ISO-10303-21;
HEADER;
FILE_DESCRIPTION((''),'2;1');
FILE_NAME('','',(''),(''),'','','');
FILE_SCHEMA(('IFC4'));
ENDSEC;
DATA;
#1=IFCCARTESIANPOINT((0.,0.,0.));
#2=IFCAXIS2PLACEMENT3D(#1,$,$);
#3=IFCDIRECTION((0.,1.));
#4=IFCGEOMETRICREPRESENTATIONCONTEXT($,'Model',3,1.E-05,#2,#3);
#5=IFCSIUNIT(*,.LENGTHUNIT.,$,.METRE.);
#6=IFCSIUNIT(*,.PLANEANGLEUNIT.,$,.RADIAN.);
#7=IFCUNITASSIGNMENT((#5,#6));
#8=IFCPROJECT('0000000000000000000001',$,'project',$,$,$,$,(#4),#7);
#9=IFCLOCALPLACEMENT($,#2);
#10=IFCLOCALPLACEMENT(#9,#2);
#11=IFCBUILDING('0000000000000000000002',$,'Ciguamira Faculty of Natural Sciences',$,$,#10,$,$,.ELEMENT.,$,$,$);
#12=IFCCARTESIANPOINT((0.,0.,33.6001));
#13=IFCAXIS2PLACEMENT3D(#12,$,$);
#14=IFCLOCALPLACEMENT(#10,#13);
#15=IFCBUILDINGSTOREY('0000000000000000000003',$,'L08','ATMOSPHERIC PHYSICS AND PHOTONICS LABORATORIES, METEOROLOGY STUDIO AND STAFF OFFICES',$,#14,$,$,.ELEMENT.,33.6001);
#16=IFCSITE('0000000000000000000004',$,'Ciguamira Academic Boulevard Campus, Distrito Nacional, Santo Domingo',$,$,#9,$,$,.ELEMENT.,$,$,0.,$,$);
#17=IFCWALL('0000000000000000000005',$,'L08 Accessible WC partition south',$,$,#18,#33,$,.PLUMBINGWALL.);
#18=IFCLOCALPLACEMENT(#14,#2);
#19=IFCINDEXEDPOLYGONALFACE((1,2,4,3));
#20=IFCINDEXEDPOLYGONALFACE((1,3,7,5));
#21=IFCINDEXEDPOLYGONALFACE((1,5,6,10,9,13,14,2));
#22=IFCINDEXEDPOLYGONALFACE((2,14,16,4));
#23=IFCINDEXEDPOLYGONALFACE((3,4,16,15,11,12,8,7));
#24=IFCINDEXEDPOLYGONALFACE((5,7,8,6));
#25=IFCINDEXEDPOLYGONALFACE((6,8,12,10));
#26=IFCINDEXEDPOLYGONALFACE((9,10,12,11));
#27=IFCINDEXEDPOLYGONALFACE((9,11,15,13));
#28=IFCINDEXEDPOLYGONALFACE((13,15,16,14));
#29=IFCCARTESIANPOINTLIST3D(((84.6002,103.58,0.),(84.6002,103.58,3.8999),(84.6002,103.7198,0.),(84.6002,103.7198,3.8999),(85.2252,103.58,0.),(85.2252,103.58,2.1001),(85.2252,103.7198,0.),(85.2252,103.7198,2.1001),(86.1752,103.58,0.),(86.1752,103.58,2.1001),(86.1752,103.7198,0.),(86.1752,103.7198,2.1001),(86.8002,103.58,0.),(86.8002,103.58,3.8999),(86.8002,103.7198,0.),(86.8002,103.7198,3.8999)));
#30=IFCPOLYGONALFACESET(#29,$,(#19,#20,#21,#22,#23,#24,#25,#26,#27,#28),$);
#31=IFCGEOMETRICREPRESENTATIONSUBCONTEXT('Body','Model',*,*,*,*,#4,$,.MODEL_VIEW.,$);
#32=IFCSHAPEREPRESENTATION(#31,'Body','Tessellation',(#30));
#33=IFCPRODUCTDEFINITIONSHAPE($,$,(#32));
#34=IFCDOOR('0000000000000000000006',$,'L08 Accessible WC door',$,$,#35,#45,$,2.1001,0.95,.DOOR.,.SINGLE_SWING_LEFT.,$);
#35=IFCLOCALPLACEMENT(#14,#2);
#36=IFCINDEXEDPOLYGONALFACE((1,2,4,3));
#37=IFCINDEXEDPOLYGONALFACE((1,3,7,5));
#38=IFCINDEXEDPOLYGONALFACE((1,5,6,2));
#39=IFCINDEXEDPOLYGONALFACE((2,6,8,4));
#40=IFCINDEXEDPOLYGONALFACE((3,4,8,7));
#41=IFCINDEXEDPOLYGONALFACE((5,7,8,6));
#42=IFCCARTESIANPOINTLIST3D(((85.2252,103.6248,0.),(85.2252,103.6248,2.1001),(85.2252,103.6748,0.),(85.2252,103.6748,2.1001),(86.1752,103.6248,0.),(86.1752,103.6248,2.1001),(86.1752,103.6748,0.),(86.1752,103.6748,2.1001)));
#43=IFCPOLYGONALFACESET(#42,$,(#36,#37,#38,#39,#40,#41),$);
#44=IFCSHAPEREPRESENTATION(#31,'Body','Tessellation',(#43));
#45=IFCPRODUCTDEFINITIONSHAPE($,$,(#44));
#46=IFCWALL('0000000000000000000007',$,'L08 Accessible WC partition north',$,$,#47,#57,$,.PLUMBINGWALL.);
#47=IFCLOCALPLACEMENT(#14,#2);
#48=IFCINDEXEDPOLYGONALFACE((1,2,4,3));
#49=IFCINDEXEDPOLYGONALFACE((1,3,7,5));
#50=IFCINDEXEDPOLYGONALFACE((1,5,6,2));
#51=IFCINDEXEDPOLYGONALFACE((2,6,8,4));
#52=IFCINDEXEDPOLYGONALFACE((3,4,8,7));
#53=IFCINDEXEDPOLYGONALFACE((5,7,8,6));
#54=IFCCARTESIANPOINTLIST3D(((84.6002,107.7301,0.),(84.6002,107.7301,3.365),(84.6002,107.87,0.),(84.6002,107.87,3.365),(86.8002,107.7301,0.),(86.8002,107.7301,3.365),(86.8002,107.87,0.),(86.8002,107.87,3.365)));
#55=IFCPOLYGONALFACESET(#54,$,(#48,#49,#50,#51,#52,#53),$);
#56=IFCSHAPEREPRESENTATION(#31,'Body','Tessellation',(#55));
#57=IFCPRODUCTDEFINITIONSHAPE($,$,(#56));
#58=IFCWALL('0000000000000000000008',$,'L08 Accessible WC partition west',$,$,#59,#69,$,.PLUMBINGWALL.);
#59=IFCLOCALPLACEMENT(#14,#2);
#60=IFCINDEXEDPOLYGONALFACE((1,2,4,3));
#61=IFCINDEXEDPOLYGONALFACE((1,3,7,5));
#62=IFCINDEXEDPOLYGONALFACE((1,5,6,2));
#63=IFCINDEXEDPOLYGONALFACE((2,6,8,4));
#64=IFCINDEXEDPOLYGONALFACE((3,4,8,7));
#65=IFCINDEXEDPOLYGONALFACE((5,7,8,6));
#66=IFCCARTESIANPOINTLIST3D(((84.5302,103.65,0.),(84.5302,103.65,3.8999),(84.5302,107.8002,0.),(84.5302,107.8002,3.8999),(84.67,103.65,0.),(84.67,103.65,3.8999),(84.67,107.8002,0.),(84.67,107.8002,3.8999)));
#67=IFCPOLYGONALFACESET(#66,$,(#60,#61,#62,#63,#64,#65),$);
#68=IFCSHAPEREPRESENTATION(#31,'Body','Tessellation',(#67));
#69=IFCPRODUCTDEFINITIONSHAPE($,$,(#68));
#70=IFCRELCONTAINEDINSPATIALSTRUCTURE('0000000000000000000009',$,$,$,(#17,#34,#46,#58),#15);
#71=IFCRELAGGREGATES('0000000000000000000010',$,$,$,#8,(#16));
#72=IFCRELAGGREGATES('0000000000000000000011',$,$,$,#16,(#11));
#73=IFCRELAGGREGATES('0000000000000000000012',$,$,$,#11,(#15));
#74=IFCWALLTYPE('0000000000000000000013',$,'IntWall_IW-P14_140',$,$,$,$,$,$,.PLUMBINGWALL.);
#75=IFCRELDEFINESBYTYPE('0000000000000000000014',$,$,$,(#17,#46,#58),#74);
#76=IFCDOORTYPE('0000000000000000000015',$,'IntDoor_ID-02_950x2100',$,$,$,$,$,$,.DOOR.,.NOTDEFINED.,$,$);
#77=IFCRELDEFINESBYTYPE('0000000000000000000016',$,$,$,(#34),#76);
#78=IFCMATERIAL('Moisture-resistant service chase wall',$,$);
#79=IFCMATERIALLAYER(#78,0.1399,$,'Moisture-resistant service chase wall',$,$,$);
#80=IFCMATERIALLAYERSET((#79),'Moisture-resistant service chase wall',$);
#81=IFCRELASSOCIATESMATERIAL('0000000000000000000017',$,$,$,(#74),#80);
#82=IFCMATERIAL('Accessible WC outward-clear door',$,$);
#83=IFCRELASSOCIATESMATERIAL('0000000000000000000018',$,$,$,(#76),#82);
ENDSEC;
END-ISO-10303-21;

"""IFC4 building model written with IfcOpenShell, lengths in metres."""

from ifc_helpers import new_model, si_unit, direction, frame, frame_2d, origin, place, context, subcontext, project, spatial, rectangle, extrude, material, layer, layer_set, type_object, element, fill, save


model = new_model("IFC4")

# Units and contexts
model_context = context("Model", 3, precision=1e-05, world=origin(), true_north=direction((0.0, 1.0)))
body_context = subcontext(model_context, "Body", "Model", "MODEL_VIEW")
ifc_project = project(units=[si_unit("LENGTHUNIT", "METRE"), si_unit("PLANEANGLEUNIT", "RADIAN")], contexts=[model_context])

# Site, building, storey
site_placement = place(None, origin())
site = spatial("IfcSite", under=ifc_project, at=site_placement, Name="Ciguamira Academic Boulevard Campus, Distrito Nacional, Santo Domingo", CompositionType="ELEMENT", RefElevation=0.0)
building_placement = place(site_placement, origin())
building = spatial("IfcBuilding", under=site, at=building_placement, Name="Ciguamira Faculty of Natural Sciences", CompositionType="ELEMENT")
storey_placement = place(building_placement, frame((0.0, 0.0, 33.6001)))
storey = spatial("IfcBuildingStorey", under=building, at=storey_placement, Name="L08", Description="ATMOSPHERIC PHYSICS AND PHOTONICS LABORATORIES, METEOROLOGY STUDIO AND STAFF OFFICES", CompositionType="ELEMENT", Elevation=33.6001)

# Wall, opening, door
ifc_material_1 = material(Name="Moisture-resistant service chase wall")
ifc_layer = layer(ifc_material_1, 0.1399, Name="Moisture-resistant service chase wall")
ifc_layer_set = layer_set([ifc_layer], Name="Moisture-resistant service chase wall")
wall_type = type_object("IfcWallType", Name="IntWall_IW-P14_140", PredefinedType="PLUMBINGWALL", material=ifc_layer_set)
wall_1_placement = place(storey_placement, frame((84.6001, 103.6499, 0.0), z_axis=(0.0, 0.0, 1.0), x_axis=(1.0, 0.0, 0.0)))
wall_1 = element("IfcWall", 1, at=wall_1_placement, inside=storey, type_object=wall_type, Name="L08 Accessible WC partition south", PredefinedType="PLUMBINGWALL", context=body_context, shape_type="SweptSolid", body=[
    extrude(rectangle(XDim=2.2, YDim=0.1399, at=frame_2d((1.1001, 0.0))), origin(), (0.0, 0.0, 1.0), 3.8999),
])
opening_placement = place(wall_1_placement, frame((0.625, 0.0, 0.0)))
opening = element("IfcOpeningElement", 2, at=opening_placement, cuts=wall_1, PredefinedType="OPENING", context=body_context, shape_type="SweptSolid", body=[
    extrude(rectangle(XDim=0.95, YDim=2.1001, at=frame_2d((0.4751, 1.05))), frame((0.0, 0.0798, 0.0), z_axis=(0.0, -1.0, 0.0), x_axis=(1.0, 0.0, 0.0)), (0.0, 0.0, 1.0), 0.1599),
])
ifc_material_2 = material(Name="Accessible WC outward-clear door")
door_type = type_object("IfcDoorType", Name="IntDoor_ID-02_950x2100", OperationType="NOTDEFINED", PredefinedType="DOOR", material=ifc_material_2)
door_placement = place(opening_placement, origin())
door = element("IfcDoor", 3, at=door_placement, inside=storey, type_object=door_type, Name="L08 Accessible WC door", OperationType="SINGLE_SWING_LEFT", OverallHeight=2.1001, OverallWidth=0.95, PredefinedType="DOOR", context=body_context, shape_type="SweptSolid", body=[
    extrude(rectangle(XDim=0.95, YDim=2.1001, at=frame_2d((0.4751, 1.05))), frame((0.0, 0.0249, 0.0), z_axis=(0.0, -1.0, 0.0), x_axis=(1.0, 0.0, 0.0)), (0.0, 0.0, 1.0), 0.05),
])
fill(opening, door)

# Walls
wall_2_placement = place(storey_placement, frame((84.6001, 107.8, 0.0), z_axis=(0.0, 0.0, 1.0), x_axis=(1.0, 0.0, 0.0)))
element("IfcWall", 4, at=wall_2_placement, inside=storey, type_object=wall_type, Name="L08 Accessible WC partition north", PredefinedType="PLUMBINGWALL", context=body_context, shape_type="SweptSolid", body=[
    extrude(rectangle(XDim=2.2, YDim=0.1399, at=frame_2d((1.1001, 0.0))), origin(), (0.0, 0.0, 1.0), 3.365),
])
wall_3_placement = place(storey_placement, frame((84.6001, 103.6499, 0.0), z_axis=(0.0, 0.0, 1.0), x_axis=(0.0, 1.0, 0.0)))
element("IfcWall", 5, at=wall_3_placement, inside=storey, type_object=wall_type, Name="L08 Accessible WC partition west", PredefinedType="PLUMBINGWALL", context=body_context, shape_type="SweptSolid", body=[
    extrude(rectangle(XDim=4.1501, YDim=0.1399, at=frame_2d((2.0752, 0.0))), origin(), (0.0, 0.0, 1.0), 3.8999),
])

save(model, "model.ifc")
